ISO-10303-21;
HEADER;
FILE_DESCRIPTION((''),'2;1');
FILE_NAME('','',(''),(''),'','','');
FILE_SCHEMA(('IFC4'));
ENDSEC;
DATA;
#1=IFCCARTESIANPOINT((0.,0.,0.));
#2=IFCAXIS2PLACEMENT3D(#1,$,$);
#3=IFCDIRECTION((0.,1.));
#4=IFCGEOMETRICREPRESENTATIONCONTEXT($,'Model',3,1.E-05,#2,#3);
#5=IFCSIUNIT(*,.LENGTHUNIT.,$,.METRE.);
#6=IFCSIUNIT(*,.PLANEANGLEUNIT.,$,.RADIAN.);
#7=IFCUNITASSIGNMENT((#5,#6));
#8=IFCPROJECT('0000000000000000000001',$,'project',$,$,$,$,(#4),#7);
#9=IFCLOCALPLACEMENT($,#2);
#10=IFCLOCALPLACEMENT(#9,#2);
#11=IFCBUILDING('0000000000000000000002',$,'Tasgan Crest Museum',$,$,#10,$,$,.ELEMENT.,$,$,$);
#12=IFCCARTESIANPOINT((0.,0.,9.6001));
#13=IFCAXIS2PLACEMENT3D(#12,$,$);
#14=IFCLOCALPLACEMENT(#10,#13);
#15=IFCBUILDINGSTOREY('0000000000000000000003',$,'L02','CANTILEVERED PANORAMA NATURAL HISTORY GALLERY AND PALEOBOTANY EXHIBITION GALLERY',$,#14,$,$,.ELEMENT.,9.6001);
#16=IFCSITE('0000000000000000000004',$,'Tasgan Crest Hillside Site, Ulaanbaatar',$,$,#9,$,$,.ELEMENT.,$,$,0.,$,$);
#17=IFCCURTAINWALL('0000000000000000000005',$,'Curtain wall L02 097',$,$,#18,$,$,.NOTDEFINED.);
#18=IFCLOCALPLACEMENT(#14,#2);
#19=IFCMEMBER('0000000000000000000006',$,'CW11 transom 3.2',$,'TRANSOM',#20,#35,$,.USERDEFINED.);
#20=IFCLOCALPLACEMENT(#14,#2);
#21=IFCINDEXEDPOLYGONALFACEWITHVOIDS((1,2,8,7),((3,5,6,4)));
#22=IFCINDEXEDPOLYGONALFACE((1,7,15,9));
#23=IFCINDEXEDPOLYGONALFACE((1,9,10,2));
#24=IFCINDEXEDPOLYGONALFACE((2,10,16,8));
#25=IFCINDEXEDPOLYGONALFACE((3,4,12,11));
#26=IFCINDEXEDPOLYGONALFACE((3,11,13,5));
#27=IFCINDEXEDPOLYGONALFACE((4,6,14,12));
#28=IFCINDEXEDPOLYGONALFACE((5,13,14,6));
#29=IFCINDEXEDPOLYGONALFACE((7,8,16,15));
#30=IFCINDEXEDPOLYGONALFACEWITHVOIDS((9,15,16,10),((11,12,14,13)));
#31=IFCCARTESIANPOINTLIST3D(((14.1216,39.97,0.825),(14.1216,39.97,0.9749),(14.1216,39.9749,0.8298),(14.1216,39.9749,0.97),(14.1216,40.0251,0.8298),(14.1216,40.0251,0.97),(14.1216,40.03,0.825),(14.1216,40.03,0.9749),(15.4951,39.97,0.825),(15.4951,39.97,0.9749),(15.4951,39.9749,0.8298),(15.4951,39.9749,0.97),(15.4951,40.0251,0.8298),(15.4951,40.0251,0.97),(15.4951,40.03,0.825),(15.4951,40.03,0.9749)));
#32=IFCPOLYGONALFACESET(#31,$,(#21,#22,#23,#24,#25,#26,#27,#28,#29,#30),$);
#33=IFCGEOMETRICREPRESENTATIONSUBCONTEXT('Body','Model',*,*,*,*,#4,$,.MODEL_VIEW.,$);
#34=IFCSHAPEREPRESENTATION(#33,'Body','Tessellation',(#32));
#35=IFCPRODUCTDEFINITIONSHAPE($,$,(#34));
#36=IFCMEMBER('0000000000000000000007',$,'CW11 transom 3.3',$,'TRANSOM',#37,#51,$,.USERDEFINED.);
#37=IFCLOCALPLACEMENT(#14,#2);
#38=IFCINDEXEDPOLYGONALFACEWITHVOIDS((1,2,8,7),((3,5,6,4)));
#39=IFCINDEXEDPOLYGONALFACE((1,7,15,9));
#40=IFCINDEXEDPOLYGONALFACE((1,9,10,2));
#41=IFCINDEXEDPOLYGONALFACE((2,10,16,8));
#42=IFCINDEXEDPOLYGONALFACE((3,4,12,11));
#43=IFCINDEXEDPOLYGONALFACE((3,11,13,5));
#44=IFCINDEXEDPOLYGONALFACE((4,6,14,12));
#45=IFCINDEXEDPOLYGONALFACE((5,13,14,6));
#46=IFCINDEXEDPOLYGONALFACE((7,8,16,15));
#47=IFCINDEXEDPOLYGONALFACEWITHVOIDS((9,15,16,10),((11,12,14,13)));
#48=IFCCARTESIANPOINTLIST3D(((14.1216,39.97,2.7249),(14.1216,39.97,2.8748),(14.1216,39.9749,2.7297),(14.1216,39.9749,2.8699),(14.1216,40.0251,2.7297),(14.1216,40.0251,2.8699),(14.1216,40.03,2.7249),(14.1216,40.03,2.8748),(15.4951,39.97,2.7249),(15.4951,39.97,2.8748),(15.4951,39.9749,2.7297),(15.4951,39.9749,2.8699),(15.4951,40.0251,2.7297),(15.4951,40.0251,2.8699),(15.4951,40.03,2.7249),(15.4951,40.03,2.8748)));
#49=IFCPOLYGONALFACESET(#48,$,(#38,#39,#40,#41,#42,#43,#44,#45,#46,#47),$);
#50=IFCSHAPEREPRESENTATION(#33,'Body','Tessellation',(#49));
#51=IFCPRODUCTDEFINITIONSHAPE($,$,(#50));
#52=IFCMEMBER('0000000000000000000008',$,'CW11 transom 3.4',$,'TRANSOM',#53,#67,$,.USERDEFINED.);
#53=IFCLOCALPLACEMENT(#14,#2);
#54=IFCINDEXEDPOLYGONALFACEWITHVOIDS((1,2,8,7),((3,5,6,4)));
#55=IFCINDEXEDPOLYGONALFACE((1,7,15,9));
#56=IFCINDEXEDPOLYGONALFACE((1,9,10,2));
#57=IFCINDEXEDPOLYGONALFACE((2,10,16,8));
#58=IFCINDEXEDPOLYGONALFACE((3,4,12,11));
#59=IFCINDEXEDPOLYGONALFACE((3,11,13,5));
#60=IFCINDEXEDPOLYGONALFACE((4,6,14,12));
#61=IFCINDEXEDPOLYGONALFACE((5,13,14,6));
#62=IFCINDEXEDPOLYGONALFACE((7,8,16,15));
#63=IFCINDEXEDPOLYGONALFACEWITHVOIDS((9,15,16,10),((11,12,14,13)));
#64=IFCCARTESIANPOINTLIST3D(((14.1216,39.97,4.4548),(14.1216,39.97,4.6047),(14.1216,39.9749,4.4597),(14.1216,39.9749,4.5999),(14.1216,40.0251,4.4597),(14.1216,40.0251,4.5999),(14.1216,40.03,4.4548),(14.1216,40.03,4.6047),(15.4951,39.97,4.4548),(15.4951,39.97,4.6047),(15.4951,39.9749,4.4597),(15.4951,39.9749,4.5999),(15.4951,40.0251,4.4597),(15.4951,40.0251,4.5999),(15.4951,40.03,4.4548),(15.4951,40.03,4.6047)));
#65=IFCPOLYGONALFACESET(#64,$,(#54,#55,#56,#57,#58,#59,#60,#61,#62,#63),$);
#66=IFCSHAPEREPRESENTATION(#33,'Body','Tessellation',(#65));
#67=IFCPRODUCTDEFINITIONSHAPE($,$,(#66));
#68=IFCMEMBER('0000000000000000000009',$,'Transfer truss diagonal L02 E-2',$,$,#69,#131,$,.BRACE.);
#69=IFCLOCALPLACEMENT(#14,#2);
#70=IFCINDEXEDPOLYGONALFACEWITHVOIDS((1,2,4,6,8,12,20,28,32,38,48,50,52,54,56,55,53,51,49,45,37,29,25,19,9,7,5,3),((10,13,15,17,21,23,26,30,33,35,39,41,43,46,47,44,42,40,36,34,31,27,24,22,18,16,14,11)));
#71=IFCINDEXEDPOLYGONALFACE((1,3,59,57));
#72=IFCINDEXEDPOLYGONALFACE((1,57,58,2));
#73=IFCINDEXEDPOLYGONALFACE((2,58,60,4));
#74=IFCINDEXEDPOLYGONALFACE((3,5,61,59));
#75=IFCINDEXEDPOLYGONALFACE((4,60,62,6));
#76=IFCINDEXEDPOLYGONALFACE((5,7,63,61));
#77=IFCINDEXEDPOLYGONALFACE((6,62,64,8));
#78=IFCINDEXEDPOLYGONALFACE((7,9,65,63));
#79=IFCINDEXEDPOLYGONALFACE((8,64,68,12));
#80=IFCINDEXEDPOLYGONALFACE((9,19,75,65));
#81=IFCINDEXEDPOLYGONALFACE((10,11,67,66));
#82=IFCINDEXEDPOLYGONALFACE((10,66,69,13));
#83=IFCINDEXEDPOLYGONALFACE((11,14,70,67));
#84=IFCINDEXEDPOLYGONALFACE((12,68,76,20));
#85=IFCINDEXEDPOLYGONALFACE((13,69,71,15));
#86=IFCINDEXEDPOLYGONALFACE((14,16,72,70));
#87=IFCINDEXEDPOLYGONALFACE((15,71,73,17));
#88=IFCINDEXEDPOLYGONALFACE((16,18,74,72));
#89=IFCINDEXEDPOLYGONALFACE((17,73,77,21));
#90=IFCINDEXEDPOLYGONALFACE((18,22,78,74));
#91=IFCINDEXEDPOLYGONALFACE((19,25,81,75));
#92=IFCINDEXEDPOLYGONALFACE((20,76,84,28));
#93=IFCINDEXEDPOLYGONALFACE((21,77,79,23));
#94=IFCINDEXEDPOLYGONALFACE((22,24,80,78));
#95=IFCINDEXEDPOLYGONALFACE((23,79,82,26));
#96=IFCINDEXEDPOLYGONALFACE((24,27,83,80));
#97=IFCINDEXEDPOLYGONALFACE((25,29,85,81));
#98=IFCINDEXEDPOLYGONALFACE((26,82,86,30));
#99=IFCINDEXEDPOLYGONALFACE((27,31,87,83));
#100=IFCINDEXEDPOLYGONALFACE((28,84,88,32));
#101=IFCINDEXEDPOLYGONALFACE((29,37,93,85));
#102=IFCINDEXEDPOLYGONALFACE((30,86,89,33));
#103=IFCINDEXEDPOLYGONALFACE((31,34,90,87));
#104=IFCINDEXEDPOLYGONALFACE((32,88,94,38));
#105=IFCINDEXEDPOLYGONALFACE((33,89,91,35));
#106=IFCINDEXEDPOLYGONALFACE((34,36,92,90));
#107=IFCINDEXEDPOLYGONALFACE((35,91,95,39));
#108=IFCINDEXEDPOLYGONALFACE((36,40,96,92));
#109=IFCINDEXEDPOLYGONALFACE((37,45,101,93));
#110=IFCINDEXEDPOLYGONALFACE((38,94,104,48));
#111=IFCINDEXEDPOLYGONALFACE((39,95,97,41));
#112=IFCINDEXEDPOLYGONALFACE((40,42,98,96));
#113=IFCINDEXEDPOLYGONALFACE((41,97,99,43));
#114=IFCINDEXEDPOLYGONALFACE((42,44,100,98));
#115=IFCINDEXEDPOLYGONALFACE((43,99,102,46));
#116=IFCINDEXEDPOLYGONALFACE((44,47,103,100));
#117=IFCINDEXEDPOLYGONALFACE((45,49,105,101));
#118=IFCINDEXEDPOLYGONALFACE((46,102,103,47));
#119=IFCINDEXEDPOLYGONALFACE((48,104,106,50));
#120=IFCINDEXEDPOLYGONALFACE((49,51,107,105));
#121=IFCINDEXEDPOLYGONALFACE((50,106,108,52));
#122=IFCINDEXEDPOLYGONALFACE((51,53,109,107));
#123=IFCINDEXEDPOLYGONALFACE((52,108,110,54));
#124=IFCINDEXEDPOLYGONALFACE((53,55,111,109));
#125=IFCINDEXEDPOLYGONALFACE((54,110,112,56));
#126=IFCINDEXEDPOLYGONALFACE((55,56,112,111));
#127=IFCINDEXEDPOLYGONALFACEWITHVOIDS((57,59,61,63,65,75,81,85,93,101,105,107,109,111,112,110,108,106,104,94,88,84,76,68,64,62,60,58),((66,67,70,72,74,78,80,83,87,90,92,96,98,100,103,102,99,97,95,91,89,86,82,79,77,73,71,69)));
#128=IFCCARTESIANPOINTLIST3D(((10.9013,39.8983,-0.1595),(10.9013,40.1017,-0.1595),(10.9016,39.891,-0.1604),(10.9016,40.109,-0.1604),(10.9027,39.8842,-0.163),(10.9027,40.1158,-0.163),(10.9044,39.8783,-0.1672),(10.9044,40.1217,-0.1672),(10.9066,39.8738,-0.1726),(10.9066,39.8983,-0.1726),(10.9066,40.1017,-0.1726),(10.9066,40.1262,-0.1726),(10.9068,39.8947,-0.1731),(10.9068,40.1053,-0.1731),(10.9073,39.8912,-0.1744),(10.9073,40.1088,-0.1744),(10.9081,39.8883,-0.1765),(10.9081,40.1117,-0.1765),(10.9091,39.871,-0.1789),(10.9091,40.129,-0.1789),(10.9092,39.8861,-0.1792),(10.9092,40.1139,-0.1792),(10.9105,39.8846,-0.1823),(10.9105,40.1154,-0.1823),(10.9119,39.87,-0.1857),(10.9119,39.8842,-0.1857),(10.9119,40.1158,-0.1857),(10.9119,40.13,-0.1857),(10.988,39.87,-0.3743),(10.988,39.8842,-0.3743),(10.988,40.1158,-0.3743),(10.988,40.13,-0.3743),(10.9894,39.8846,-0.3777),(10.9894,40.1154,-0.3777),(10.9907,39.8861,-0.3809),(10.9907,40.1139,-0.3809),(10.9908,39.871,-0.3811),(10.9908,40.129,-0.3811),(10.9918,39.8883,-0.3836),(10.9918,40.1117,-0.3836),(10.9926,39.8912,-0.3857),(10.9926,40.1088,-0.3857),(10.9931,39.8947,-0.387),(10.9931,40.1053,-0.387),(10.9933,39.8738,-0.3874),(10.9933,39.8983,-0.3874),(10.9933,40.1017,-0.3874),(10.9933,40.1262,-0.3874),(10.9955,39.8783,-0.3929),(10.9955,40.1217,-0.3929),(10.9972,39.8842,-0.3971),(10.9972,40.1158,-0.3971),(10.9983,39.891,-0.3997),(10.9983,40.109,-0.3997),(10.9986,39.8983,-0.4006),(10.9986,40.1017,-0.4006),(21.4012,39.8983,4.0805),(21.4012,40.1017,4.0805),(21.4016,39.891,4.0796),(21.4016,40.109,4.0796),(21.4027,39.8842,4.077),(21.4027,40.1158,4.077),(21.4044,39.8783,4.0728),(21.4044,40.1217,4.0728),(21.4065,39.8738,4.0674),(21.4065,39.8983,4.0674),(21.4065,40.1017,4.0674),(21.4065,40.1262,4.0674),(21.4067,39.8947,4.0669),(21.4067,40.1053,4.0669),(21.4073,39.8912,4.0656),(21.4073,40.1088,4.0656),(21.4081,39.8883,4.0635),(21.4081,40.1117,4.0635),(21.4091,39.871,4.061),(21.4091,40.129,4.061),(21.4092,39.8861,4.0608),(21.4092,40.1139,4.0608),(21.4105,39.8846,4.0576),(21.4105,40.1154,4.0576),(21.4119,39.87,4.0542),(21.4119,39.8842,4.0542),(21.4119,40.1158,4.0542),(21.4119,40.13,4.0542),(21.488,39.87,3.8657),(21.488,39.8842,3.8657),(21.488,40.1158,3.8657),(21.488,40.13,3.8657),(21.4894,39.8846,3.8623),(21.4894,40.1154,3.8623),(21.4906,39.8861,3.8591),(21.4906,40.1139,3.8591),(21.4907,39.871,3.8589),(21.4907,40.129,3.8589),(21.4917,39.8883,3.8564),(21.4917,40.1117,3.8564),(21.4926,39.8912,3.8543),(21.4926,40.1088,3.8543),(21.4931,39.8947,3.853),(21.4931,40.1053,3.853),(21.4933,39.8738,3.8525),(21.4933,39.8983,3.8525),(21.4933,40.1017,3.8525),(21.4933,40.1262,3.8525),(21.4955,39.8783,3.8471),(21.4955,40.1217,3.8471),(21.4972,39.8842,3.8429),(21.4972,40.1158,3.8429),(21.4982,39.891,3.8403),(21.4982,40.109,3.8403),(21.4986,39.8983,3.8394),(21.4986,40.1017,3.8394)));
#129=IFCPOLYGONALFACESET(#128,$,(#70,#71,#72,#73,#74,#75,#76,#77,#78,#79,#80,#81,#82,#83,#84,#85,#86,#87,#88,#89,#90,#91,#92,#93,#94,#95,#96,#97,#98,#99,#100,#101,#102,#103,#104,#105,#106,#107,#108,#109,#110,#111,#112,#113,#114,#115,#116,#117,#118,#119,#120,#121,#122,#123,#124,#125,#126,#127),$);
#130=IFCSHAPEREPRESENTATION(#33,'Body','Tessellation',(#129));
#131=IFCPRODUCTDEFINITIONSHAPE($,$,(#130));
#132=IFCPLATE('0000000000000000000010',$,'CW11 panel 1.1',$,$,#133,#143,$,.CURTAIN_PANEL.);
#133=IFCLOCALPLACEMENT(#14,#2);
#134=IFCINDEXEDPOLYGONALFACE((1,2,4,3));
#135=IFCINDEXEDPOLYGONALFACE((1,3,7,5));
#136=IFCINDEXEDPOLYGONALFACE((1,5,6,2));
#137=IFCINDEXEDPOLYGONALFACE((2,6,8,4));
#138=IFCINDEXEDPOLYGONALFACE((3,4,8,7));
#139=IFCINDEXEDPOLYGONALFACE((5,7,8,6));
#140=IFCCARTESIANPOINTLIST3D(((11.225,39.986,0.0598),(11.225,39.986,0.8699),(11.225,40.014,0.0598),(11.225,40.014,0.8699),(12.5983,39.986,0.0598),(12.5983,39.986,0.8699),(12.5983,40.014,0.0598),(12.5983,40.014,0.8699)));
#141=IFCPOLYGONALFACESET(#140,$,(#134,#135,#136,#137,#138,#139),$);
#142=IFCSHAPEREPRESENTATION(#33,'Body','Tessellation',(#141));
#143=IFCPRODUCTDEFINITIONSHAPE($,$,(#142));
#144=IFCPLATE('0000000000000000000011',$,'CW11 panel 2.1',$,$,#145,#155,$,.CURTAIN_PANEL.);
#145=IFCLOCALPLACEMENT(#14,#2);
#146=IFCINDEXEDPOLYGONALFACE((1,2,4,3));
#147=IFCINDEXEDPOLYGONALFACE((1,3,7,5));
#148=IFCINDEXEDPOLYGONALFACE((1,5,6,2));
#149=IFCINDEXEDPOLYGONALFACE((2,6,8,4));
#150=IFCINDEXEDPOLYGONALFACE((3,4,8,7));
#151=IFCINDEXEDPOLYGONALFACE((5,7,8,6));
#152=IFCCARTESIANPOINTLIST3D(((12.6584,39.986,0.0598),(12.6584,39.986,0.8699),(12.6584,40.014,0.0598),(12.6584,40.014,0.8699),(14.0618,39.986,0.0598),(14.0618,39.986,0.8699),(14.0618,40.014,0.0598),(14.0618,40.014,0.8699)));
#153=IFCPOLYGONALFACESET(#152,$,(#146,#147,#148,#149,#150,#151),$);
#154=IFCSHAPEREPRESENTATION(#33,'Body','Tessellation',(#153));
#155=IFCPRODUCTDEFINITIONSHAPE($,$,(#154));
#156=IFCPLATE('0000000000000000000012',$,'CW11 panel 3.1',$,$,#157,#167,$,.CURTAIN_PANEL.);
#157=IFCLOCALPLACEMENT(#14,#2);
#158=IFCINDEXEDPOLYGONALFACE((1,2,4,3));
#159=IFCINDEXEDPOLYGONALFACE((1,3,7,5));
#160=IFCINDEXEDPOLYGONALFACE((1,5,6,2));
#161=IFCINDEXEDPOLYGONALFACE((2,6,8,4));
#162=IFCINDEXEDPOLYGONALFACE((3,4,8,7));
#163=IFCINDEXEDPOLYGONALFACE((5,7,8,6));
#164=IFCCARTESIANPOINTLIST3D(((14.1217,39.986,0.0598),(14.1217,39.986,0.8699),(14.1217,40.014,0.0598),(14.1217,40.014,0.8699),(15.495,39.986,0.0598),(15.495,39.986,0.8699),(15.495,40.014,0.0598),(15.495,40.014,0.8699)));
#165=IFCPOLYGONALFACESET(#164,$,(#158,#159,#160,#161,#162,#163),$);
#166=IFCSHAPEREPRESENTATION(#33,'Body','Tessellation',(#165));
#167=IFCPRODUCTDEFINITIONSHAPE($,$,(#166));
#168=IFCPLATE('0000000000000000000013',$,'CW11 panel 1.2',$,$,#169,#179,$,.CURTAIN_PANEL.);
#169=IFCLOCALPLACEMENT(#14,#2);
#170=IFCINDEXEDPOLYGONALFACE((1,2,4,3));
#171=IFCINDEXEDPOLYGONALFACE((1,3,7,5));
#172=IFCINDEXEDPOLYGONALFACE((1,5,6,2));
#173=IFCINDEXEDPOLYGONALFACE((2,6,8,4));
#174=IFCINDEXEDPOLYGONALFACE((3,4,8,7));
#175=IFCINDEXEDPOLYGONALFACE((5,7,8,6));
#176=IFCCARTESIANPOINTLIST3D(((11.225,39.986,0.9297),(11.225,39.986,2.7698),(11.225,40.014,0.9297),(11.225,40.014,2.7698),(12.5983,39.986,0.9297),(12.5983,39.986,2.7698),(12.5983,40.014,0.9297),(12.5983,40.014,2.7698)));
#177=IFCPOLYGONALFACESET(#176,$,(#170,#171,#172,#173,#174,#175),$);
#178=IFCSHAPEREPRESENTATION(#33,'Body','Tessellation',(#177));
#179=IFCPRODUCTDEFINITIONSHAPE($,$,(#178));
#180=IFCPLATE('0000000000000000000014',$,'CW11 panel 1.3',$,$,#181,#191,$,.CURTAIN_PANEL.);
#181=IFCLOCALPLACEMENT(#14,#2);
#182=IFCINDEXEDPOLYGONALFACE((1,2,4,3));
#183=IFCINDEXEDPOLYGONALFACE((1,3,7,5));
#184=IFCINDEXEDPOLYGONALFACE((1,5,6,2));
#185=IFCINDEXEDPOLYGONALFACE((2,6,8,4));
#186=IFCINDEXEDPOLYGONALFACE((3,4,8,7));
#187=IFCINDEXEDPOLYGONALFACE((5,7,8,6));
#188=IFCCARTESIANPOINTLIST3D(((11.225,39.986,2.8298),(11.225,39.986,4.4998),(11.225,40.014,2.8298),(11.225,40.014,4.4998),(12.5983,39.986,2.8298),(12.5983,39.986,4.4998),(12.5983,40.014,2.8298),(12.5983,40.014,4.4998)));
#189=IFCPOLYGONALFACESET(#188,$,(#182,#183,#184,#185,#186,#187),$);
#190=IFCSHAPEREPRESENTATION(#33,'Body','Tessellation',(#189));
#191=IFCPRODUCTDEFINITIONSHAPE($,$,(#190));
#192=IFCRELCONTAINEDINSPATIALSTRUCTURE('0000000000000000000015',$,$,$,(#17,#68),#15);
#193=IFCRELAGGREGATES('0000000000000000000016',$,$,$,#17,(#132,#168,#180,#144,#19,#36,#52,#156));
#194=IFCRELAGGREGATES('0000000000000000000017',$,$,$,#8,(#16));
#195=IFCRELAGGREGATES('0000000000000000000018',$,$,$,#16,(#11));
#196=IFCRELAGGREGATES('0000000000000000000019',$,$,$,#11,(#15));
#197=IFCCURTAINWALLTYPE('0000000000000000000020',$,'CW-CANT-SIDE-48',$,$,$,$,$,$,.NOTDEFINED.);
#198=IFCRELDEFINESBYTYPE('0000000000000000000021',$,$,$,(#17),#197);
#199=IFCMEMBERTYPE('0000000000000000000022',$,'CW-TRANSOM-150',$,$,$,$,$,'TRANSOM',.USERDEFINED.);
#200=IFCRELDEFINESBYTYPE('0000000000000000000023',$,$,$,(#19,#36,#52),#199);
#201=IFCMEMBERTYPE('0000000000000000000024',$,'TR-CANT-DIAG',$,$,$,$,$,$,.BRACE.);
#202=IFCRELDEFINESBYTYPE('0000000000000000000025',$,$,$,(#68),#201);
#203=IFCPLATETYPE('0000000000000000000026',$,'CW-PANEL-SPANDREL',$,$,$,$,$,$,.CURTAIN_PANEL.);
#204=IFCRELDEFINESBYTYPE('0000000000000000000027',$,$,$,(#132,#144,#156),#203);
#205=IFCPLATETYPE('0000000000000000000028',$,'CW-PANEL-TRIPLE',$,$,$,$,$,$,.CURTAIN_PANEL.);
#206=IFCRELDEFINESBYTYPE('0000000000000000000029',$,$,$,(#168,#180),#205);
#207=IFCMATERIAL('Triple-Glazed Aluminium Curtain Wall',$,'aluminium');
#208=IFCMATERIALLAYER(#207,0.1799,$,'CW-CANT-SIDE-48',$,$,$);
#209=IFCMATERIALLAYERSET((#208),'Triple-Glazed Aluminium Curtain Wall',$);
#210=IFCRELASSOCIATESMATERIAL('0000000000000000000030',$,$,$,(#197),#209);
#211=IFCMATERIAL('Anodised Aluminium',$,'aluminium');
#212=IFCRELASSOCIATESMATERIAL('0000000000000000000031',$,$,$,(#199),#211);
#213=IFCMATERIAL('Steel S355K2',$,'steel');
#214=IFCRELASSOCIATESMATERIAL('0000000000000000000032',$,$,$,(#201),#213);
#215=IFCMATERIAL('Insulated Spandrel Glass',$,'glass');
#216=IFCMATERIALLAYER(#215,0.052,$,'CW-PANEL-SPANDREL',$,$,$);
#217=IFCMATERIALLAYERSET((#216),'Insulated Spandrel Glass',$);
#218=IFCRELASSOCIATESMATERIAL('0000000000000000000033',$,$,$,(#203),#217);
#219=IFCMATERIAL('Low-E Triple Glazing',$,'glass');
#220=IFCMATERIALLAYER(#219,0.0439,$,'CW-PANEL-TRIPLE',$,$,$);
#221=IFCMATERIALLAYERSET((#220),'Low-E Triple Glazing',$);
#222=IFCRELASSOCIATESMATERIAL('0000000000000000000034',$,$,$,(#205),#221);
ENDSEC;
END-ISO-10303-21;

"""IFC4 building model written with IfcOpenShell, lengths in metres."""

from ifc_helpers import new_model, si_unit, direction, frame, origin, origin_2d, place, context, subcontext, project, spatial, rectangle, hollow_rectangle, extrude, material, layer, layer_set, material_profile, profile_set, type_object, element, aggregate, save


model = new_model("IFC4")

# Units and contexts
model_context = context("Model", 3, precision=1e-05, world=origin(), true_north=direction((0.0, 1.0)))
body_context = subcontext(model_context, "Body", "Model", "MODEL_VIEW")
ifc_project = project(units=[si_unit("LENGTHUNIT", "METRE"), si_unit("PLANEANGLEUNIT", "RADIAN")], contexts=[model_context])

# Site, building, storey
site_placement = place(None, origin())
site = spatial("IfcSite", under=ifc_project, at=site_placement, Name="Tasgan Crest Hillside Site, Ulaanbaatar", CompositionType="ELEMENT", RefElevation=0.0)
building_placement = place(site_placement, origin())
building = spatial("IfcBuilding", under=site, at=building_placement, Name="Tasgan Crest Museum", CompositionType="ELEMENT")
storey_placement = place(building_placement, frame((0.0, 0.0, 9.6001)))
storey = spatial("IfcBuildingStorey", under=building, at=storey_placement, Name="L02", Description="CANTILEVERED PANORAMA NATURAL HISTORY GALLERY AND PALEOBOTANY EXHIBITION GALLERY", CompositionType="ELEMENT", Elevation=9.6001)

# Shared definitions
ifc_material_1 = material(Name="Triple-Glazed Aluminium Curtain Wall", Category="aluminium")
ifc_layer_1 = layer(ifc_material_1, 0.1799, Name="CW-CANT-SIDE-48")
ifc_layer_set_1 = layer_set([ifc_layer_1], Name="Triple-Glazed Aluminium Curtain Wall")
curtain_wall_type = type_object("IfcCurtainWallType", Name="CW-CANT-SIDE-48", PredefinedType="NOTDEFINED", material=ifc_layer_set_1)

# Curtain wall, members
curtain_wall_1_placement = place(storey_placement, origin())
curtain_wall_1 = element("IfcCurtainWall", 1, at=curtain_wall_1_placement, inside=storey, type_object=curtain_wall_type, Name="Curtain wall L02 097", PredefinedType="NOTDEFINED")
ifc_material_2 = material(Name="Anodised Aluminium", Category="aluminium")
ifc_material_profile_1 = material_profile(ifc_material_2, hollow_rectangle(XDim=0.0601, YDim=0.1499, WallThickness=0.0049, at=origin_2d()), Name="ALU TRANSOM 150x60x5")
ifc_profile_set_1 = profile_set([ifc_material_profile_1], Name="Anodised Aluminium")
member_type_1 = type_object("IfcMemberType", Name="CW-TRANSOM-150", ElementType="TRANSOM", PredefinedType="USERDEFINED", material=ifc_profile_set_1)
member_1_placement = place(storey_placement, frame((14.1216, 40.0, 0.8999), z_axis=(1.0, 0.0, 0.0), x_axis=(0.0, 1.0, 0.0)))
member_1 = element("IfcMember", 2, at=member_1_placement, type_object=member_type_1, Name="CW11 transom 3.2", ObjectType="TRANSOM", PredefinedType="USERDEFINED", context=body_context, shape_type="SweptSolid", body=[
    extrude(hollow_rectangle(XDim=0.0601, YDim=0.1499, WallThickness=0.0049, at=origin_2d()), origin(), (0.0, 0.0, 1.0), 1.3735),
])
member_2_placement = place(storey_placement, frame((14.1216, 40.0, 2.7998), z_axis=(1.0, 0.0, 0.0), x_axis=(0.0, 1.0, 0.0)))
member_2 = element("IfcMember", 3, at=member_2_placement, type_object=member_type_1, Name="CW11 transom 3.3", ObjectType="TRANSOM", PredefinedType="USERDEFINED", context=body_context, shape_type="SweptSolid", body=[
    extrude(hollow_rectangle(XDim=0.0601, YDim=0.1499, WallThickness=0.0049, at=origin_2d()), origin(), (0.0, 0.0, 1.0), 1.3735),
])
member_3_placement = place(storey_placement, frame((14.1216, 40.0, 4.5298), z_axis=(1.0, 0.0, 0.0), x_axis=(0.0, 1.0, 0.0)))
member_3 = element("IfcMember", 4, at=member_3_placement, type_object=member_type_1, Name="CW11 transom 3.4", ObjectType="TRANSOM", PredefinedType="USERDEFINED", context=body_context, shape_type="SweptSolid", body=[
    extrude(hollow_rectangle(XDim=0.0601, YDim=0.1499, WallThickness=0.0049, at=origin_2d()), origin(), (0.0, 0.0, 1.0), 1.3735),
])

# Member
ifc_material_3 = material(Name="Steel S355K2", Category="steel")
ifc_material_profile_2 = material_profile(ifc_material_3, hollow_rectangle(XDim=0.26, YDim=0.26, WallThickness=0.0142, InnerFilletRadius=0.0142, OuterFilletRadius=0.0283, at=origin_2d()), Name="SHS 260x260x14.2")
ifc_profile_set_2 = profile_set([ifc_material_profile_2], Name="Steel S355K2")
member_type_2 = type_object("IfcMemberType", Name="TR-CANT-DIAG", PredefinedType="BRACE", material=ifc_profile_set_2)
member_4_placement = place(storey_placement, frame((10.95, 40.0, -0.28), z_axis=(0.927254, 0.0, 0.374433), x_axis=(0.0, 1.0, 0.0)))
element("IfcMember", 5, at=member_4_placement, inside=storey, type_object=member_type_2, Name="Transfer truss diagonal L02 E-2", PredefinedType="BRACE", context=body_context, shape_type="SweptSolid", body=[
    extrude(hollow_rectangle(XDim=0.26, YDim=0.26, WallThickness=0.0142, InnerFilletRadius=0.0142, OuterFilletRadius=0.0283, at=origin_2d()), origin(), (0.0, 0.0, 1.0), 11.3237),
])

# Plates
ifc_material_4 = material(Name="Insulated Spandrel Glass", Category="glass")
ifc_layer_2 = layer(ifc_material_4, 0.052, Name="CW-PANEL-SPANDREL")
ifc_layer_set_2 = layer_set([ifc_layer_2], Name="Insulated Spandrel Glass")
plate_type_1 = type_object("IfcPlateType", Name="CW-PANEL-SPANDREL", PredefinedType="CURTAIN_PANEL", material=ifc_layer_set_2)
plate_1_placement = place(storey_placement, frame((11.9116, 40.0, 0.0598), z_axis=(0.0, 0.0, 1.0), x_axis=(1.0, 0.0, 0.0)))
plate_1 = element("IfcPlate", 6, at=plate_1_placement, type_object=plate_type_1, Name="CW11 panel 1.1", PredefinedType="CURTAIN_PANEL", context=body_context, shape_type="SweptSolid", body=[
    extrude(rectangle(XDim=1.3733, YDim=0.0281, at=origin_2d()), origin(), (0.0, 0.0, 1.0), 0.8101),
])
plate_2_placement = place(storey_placement, frame((13.3601, 40.0, 0.0598), z_axis=(0.0, 0.0, 1.0), x_axis=(1.0, 0.0, 0.0)))
plate_2 = element("IfcPlate", 7, at=plate_2_placement, type_object=plate_type_1, Name="CW11 panel 2.1", PredefinedType="CURTAIN_PANEL", context=body_context, shape_type="SweptSolid", body=[
    extrude(rectangle(XDim=1.4033, YDim=0.0281, at=origin_2d()), origin(), (0.0, 0.0, 1.0), 0.8101),
])
plate_3_placement = place(storey_placement, frame((14.8083, 40.0, 0.0598), z_axis=(0.0, 0.0, 1.0), x_axis=(1.0, 0.0, 0.0)))
plate_3 = element("IfcPlate", 8, at=plate_3_placement, type_object=plate_type_1, Name="CW11 panel 3.1", PredefinedType="CURTAIN_PANEL", context=body_context, shape_type="SweptSolid", body=[
    extrude(rectangle(XDim=1.3733, YDim=0.0281, at=origin_2d()), origin(), (0.0, 0.0, 1.0), 0.8101),
])
ifc_material_5 = material(Name="Low-E Triple Glazing", Category="glass")
ifc_layer_3 = layer(ifc_material_5, 0.0439, Name="CW-PANEL-TRIPLE")
ifc_layer_set_3 = layer_set([ifc_layer_3], Name="Low-E Triple Glazing")
plate_type_2 = type_object("IfcPlateType", Name="CW-PANEL-TRIPLE", PredefinedType="CURTAIN_PANEL", material=ifc_layer_set_3)
plate_4_placement = place(storey_placement, frame((11.9116, 40.0, 0.9297), z_axis=(0.0, 0.0, 1.0), x_axis=(1.0, 0.0, 0.0)))
plate_4 = element("IfcPlate", 9, at=plate_4_placement, type_object=plate_type_2, Name="CW11 panel 1.2", PredefinedType="CURTAIN_PANEL", context=body_context, shape_type="SweptSolid", body=[
    extrude(rectangle(XDim=1.3733, YDim=0.0281, at=origin_2d()), origin(), (0.0, 0.0, 1.0), 1.8401),
])
plate_5_placement = place(storey_placement, frame((11.9116, 40.0, 2.8298), z_axis=(0.0, 0.0, 1.0), x_axis=(1.0, 0.0, 0.0)))
plate_5 = element("IfcPlate", 10, at=plate_5_placement, type_object=plate_type_2, Name="CW11 panel 1.3", PredefinedType="CURTAIN_PANEL", context=body_context, shape_type="SweptSolid", body=[
    extrude(rectangle(XDim=1.3733, YDim=0.0281, at=origin_2d()), origin(), (0.0, 0.0, 1.0), 1.6699),
])
aggregate(curtain_wall_1, [plate_1, plate_4, plate_5, plate_2, member_1, member_2, member_3, plate_3])

save(model, "model.ifc")
